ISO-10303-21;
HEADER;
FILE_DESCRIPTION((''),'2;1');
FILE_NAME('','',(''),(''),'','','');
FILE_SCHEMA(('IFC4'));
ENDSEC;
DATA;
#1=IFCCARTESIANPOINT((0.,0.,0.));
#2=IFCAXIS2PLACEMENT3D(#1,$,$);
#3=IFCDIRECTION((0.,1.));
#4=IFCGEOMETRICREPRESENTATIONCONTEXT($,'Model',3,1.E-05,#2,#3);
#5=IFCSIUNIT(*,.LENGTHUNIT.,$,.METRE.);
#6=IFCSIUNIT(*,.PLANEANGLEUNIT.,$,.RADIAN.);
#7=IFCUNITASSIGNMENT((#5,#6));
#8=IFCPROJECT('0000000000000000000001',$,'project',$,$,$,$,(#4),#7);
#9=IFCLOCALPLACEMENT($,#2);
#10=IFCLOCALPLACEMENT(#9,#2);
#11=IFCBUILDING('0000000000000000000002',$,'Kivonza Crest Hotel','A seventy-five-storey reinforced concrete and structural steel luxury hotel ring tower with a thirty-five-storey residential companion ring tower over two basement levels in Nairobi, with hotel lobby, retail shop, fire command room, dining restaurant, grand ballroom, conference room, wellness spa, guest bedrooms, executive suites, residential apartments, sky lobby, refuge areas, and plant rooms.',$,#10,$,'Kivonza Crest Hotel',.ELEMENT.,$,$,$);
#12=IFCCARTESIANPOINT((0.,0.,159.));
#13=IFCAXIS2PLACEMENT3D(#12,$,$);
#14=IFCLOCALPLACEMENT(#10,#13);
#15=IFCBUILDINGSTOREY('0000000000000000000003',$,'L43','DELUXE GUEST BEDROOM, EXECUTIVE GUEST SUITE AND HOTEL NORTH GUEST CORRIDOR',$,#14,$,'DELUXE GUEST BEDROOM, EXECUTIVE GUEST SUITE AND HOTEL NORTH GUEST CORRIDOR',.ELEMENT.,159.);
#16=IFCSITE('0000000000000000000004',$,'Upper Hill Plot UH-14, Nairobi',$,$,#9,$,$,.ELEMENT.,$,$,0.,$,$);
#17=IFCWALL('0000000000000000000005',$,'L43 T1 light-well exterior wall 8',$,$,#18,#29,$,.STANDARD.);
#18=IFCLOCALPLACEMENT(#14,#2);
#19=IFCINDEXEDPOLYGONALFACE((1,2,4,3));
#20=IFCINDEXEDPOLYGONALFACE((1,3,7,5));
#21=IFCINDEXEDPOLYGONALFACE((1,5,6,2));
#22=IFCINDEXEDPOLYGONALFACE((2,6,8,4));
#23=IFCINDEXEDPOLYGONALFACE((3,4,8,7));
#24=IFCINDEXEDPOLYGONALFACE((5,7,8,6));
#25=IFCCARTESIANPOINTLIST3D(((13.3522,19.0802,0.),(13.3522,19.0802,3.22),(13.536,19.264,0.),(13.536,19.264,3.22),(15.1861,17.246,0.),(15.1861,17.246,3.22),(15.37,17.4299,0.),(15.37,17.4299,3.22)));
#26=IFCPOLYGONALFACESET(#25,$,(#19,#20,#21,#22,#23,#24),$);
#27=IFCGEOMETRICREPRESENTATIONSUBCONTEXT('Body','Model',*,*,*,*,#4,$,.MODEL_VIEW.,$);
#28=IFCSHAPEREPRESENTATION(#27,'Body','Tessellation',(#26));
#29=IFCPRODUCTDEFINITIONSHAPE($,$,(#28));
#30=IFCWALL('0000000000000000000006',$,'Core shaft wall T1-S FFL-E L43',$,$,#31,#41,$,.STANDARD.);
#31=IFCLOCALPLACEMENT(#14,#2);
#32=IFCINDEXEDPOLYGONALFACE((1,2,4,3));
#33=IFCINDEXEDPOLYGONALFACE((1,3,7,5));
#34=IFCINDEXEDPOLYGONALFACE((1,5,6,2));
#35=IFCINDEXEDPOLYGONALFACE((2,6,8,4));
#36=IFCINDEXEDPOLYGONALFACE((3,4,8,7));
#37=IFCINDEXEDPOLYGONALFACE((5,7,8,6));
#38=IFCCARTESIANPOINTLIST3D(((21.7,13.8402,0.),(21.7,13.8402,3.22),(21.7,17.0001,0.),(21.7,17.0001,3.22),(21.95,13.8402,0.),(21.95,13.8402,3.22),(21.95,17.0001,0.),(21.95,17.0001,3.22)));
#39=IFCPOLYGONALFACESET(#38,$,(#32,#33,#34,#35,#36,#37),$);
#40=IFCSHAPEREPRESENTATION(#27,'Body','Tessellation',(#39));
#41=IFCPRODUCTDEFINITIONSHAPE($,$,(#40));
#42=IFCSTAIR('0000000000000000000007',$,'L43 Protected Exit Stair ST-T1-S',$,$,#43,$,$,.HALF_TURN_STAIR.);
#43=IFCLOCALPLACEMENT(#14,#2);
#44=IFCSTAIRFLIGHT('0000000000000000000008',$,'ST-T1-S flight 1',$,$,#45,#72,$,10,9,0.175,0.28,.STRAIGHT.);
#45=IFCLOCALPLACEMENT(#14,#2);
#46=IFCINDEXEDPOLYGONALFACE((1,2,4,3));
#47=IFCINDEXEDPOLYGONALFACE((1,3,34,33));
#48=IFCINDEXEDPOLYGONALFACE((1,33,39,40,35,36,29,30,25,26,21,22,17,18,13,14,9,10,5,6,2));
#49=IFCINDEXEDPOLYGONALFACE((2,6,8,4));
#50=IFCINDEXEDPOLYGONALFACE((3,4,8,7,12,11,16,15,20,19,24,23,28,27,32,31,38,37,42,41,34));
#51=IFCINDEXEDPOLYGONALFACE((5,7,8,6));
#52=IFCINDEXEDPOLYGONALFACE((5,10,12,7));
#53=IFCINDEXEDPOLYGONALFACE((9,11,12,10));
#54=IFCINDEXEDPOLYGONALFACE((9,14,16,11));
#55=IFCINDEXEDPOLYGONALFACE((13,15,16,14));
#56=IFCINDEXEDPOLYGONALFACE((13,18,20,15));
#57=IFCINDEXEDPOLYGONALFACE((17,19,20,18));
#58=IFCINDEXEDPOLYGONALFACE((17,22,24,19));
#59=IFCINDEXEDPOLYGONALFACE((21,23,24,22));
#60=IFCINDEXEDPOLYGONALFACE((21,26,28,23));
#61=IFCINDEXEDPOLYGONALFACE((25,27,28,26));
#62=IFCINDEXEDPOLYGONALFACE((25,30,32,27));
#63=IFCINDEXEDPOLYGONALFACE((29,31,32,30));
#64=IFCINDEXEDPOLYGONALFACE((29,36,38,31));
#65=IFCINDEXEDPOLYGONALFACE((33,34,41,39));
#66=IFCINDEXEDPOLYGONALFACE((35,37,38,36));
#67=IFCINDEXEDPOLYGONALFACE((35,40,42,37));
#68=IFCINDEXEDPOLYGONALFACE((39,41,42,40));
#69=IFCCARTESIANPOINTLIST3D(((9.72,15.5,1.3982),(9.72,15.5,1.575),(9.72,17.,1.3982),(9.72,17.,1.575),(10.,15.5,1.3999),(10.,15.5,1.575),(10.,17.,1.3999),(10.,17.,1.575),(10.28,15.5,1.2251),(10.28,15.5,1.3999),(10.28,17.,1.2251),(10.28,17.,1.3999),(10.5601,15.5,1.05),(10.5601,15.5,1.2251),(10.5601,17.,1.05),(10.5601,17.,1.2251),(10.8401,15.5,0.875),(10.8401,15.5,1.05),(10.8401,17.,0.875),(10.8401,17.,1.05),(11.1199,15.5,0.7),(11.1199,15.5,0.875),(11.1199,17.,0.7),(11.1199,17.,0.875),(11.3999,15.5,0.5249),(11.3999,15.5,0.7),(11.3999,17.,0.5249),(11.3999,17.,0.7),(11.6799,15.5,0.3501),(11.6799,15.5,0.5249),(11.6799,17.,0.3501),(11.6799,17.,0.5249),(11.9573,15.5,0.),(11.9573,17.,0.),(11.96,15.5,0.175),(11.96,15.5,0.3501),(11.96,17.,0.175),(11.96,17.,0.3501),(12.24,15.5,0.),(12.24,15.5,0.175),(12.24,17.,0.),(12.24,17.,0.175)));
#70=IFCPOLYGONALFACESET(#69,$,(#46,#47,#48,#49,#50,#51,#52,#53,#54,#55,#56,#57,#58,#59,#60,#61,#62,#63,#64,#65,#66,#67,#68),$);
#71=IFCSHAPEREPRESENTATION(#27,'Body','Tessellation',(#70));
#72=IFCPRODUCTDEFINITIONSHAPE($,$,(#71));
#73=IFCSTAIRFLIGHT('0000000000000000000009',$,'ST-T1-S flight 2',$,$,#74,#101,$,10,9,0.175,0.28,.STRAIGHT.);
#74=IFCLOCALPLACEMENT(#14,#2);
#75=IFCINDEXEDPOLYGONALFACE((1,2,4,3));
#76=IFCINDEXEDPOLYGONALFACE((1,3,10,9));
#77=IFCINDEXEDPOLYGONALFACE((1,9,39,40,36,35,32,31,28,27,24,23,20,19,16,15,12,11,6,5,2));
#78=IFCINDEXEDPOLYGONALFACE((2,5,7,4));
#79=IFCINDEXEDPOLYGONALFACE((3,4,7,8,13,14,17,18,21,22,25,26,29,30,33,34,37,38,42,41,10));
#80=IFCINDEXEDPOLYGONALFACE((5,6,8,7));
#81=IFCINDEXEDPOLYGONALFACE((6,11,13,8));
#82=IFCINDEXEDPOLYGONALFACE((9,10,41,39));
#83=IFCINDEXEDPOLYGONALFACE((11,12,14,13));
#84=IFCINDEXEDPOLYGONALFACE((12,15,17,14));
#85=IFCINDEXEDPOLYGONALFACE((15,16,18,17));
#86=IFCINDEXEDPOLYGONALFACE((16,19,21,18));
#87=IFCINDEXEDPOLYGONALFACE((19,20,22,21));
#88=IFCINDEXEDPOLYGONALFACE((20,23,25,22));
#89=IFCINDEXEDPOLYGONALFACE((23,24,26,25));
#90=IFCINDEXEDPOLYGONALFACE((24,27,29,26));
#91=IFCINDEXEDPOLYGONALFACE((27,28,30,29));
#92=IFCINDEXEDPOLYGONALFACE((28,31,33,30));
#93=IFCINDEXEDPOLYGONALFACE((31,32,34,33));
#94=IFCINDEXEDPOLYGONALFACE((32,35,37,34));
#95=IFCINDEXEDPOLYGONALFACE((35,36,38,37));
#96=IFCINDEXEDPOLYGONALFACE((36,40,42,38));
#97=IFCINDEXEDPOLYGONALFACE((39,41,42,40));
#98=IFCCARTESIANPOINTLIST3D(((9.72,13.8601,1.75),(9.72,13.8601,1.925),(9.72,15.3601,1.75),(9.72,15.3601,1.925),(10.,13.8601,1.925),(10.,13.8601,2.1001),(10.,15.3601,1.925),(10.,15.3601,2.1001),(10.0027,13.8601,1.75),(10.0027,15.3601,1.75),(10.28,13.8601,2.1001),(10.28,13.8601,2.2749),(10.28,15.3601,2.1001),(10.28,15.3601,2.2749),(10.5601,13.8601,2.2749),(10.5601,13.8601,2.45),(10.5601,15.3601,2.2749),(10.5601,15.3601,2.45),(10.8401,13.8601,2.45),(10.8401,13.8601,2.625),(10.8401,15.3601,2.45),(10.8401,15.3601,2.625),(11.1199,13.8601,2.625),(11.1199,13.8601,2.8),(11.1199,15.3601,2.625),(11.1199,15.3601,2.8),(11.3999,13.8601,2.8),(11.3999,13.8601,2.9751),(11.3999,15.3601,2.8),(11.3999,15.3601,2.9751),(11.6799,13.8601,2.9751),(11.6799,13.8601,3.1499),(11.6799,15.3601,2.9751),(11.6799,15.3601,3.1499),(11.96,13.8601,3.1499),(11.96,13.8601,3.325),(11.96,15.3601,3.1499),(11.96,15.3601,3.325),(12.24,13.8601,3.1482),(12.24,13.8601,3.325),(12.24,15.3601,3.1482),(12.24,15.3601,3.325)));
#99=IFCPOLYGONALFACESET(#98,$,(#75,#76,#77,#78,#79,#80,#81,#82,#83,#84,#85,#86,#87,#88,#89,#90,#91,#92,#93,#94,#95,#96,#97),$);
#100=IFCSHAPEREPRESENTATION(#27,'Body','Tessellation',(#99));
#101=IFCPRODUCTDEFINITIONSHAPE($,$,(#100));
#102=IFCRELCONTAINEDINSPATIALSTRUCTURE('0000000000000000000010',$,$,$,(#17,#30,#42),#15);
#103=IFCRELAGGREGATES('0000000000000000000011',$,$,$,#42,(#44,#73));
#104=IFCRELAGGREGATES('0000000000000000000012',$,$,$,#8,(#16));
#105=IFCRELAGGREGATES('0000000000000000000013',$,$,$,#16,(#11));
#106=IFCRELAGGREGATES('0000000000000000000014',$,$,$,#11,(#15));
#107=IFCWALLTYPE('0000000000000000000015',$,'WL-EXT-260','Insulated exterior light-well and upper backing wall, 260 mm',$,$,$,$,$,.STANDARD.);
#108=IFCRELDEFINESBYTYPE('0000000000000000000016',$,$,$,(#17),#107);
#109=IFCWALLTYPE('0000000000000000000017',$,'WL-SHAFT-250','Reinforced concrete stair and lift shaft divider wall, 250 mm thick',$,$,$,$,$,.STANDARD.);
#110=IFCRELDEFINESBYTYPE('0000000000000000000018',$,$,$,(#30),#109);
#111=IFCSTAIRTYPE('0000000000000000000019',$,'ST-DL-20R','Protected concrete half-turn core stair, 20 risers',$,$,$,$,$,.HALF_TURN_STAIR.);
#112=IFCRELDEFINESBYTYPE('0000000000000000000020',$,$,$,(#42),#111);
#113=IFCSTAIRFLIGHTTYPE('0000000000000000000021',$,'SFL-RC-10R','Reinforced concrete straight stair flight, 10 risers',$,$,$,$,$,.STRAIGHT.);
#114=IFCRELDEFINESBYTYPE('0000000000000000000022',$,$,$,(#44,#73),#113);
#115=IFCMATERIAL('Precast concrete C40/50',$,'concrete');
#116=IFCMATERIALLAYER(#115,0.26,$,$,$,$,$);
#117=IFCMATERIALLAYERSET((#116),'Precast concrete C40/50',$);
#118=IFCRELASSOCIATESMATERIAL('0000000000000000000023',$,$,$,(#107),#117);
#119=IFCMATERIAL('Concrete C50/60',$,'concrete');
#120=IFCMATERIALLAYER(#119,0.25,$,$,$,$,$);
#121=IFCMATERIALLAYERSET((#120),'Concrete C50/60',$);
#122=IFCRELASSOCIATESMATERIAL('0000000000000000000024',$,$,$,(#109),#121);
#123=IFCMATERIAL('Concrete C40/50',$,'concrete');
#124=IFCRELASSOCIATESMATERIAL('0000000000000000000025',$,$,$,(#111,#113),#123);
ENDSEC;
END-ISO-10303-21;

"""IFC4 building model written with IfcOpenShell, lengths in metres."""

from ifc_helpers import new_model, si_unit, direction, frame, frame_2d, origin, place, context, subcontext, project, spatial, polyline, rectangle, outline, extrude, material, layer, layer_set, type_object, element, aggregate, save


model = new_model("IFC4")

# Units and contexts
model_context = context("Model", 3, precision=1e-05, world=origin(), true_north=direction((0.0, 1.0)))
body_context = subcontext(model_context, "Body", "Model", "MODEL_VIEW")
ifc_project = project(units=[si_unit("LENGTHUNIT", "METRE"), si_unit("PLANEANGLEUNIT", "RADIAN")], contexts=[model_context])

# Site, building, storey
site_placement = place(None, origin())
site = spatial("IfcSite", under=ifc_project, at=site_placement, Name="Upper Hill Plot UH-14, Nairobi", CompositionType="ELEMENT", RefElevation=0.0)
building_placement = place(site_placement, origin())
building = spatial("IfcBuilding", under=site, at=building_placement, Name="Kivonza Crest Hotel", Description="A seventy-five-storey reinforced concrete and structural steel luxury hotel ring tower with a thirty-five-storey residential companion ring tower over two basement levels in Nairobi, with hotel lobby, retail shop, fire command room, dining restaurant, grand ballroom, conference room, wellness spa, guest bedrooms, executive suites, residential apartments, sky lobby, refuge areas, and plant rooms.", LongName="Kivonza Crest Hotel", CompositionType="ELEMENT")
storey_placement = place(building_placement, frame((0.0, 0.0, 159.0)))
storey = spatial("IfcBuildingStorey", under=building, at=storey_placement, Name="L43", Description="DELUXE GUEST BEDROOM, EXECUTIVE GUEST SUITE AND HOTEL NORTH GUEST CORRIDOR", LongName="DELUXE GUEST BEDROOM, EXECUTIVE GUEST SUITE AND HOTEL NORTH GUEST CORRIDOR", CompositionType="ELEMENT", Elevation=159.0)

# Shared definitions
ifc_material_1 = material(Name="Concrete C50/60", Category="concrete")

# Wall
ifc_material_2 = material(Name="Precast concrete C40/50", Category="concrete")
ifc_layer_1 = layer(ifc_material_2, 0.26)
ifc_layer_set_1 = layer_set([ifc_layer_1], Name="Precast concrete C40/50")
wall_type_1 = type_object("IfcWallType", Name="WL-EXT-260", Description="Insulated exterior light-well and upper backing wall, 260 mm", PredefinedType="STANDARD", material=ifc_layer_set_1)
wall_1_placement = place(storey_placement, frame((13.4441, 19.1721, 0.0), z_axis=(0.0, 0.0, 1.0), x_axis=(0.70706, -0.707154, 0.0)))
element("IfcWall", 1, at=wall_1_placement, inside=storey, type_object=wall_type_1, Name="L43 T1 light-well exterior wall 8", PredefinedType="STANDARD", context=body_context, shape_type="SweptSolid", body=[
    extrude(rectangle(XDim=2.5938, YDim=0.26, at=frame_2d((1.2969, 0.0))), origin(), (0.0, 0.0, 1.0), 3.22),
])

# Shared definitions
ifc_layer_2 = layer(ifc_material_1, 0.25)
ifc_layer_set_2 = layer_set([ifc_layer_2], Name="Concrete C50/60")
wall_type_2 = type_object("IfcWallType", Name="WL-SHAFT-250", Description="Reinforced concrete stair and lift shaft divider wall, 250 mm thick", PredefinedType="STANDARD", material=ifc_layer_set_2)

# Wall
wall_2_placement = place(storey_placement, frame((21.825, 13.8401, 0.0), z_axis=(0.0, 0.0, 1.0), x_axis=(0.0, 1.0, 0.0)))
element("IfcWall", 2, at=wall_2_placement, inside=storey, type_object=wall_type_2, Name="Core shaft wall T1-S FFL-E L43", PredefinedType="STANDARD", context=body_context, shape_type="SweptSolid", body=[
    extrude(rectangle(XDim=3.1599, YDim=0.25, at=frame_2d((1.5801, 0.0))), origin(), (0.0, 0.0, 1.0), 3.22),
])

# Stair, stair flights
ifc_material_3 = material(Name="Concrete C40/50", Category="concrete")
stair_type = type_object("IfcStairType", Name="ST-DL-20R", Description="Protected concrete half-turn core stair, 20 risers", PredefinedType="HALF_TURN_STAIR", material=ifc_material_3)
stair_placement = place(storey_placement, origin())
stair = element("IfcStair", 3, at=stair_placement, inside=storey, type_object=stair_type, Name="L43 Protected Exit Stair ST-T1-S", PredefinedType="HALF_TURN_STAIR")
stair_flight_type = type_object("IfcStairFlightType", Name="SFL-RC-10R", Description="Reinforced concrete straight stair flight, 10 risers", PredefinedType="STRAIGHT", material=ifc_material_3)
stair_flight_1_placement = place(storey_placement, frame((12.24, 16.25, 0.0), z_axis=(0.0, 0.0, 1.0), x_axis=(-1.0, 0.0, 0.0)))
stair_flight_1 = element("IfcStairFlight", 4, at=stair_flight_1_placement, type_object=stair_flight_type, Name="ST-T1-S flight 1", NumberOfRisers=10, NumberOfTreads=9, PredefinedType="STRAIGHT", RiserHeight=0.175, TreadLength=0.28, context=body_context, shape_type="SweptSolid", body=[
    extrude(outline(polyline([(0.0, 0.0), (0.0, 0.175), (0.28, 0.175), (0.28, 0.3501), (0.5601, 0.3501), (0.5601, 0.5249), (0.8401, 0.5249), (0.8401, 0.7), (1.1201, 0.7), (1.1201, 0.875), (1.3999, 0.875), (1.3999, 1.05), (1.6799, 1.05), (1.6799, 1.2251), (1.96, 1.2251), (1.96, 1.3999), (2.24, 1.3999), (2.24, 1.575), (2.52, 1.575), (2.52, 1.75), (2.52, 1.3982), (0.2827, 0.0), (0.0, 0.0)])), frame((0.0, 0.75, 0.0), z_axis=(0.0, -1.0, 0.0), x_axis=(1.0, 0.0, 0.0)), (0.0, 0.0, 1.0), 1.5),
])
stair_flight_2_placement = place(storey_placement, frame((9.72, 14.6101, 1.75), z_axis=(0.0, 0.0, 1.0), x_axis=(1.0, 0.0, 0.0)))
stair_flight_2 = element("IfcStairFlight", 5, at=stair_flight_2_placement, type_object=stair_flight_type, Name="ST-T1-S flight 2", NumberOfRisers=10, NumberOfTreads=9, PredefinedType="STRAIGHT", RiserHeight=0.175, TreadLength=0.28, context=body_context, shape_type="SweptSolid", body=[
    extrude(outline(polyline([(0.0, 0.0), (0.0, 0.175), (0.28, 0.175), (0.28, 0.3501), (0.5601, 0.3501), (0.5601, 0.5249), (0.8401, 0.5249), (0.8401, 0.7), (1.1201, 0.7), (1.1201, 0.875), (1.3999, 0.875), (1.3999, 1.05), (1.6799, 1.05), (1.6799, 1.2251), (1.96, 1.2251), (1.96, 1.3999), (2.24, 1.3999), (2.24, 1.575), (2.52, 1.575), (2.52, 1.75), (2.52, 1.3982), (0.2827, 0.0), (0.0, 0.0)])), frame((0.0, 0.75, 0.0), z_axis=(0.0, -1.0, 0.0), x_axis=(1.0, 0.0, 0.0)), (0.0, 0.0, 1.0), 1.5),
])
aggregate(stair, [stair_flight_1, stair_flight_2])

save(model, "model.ifc")
